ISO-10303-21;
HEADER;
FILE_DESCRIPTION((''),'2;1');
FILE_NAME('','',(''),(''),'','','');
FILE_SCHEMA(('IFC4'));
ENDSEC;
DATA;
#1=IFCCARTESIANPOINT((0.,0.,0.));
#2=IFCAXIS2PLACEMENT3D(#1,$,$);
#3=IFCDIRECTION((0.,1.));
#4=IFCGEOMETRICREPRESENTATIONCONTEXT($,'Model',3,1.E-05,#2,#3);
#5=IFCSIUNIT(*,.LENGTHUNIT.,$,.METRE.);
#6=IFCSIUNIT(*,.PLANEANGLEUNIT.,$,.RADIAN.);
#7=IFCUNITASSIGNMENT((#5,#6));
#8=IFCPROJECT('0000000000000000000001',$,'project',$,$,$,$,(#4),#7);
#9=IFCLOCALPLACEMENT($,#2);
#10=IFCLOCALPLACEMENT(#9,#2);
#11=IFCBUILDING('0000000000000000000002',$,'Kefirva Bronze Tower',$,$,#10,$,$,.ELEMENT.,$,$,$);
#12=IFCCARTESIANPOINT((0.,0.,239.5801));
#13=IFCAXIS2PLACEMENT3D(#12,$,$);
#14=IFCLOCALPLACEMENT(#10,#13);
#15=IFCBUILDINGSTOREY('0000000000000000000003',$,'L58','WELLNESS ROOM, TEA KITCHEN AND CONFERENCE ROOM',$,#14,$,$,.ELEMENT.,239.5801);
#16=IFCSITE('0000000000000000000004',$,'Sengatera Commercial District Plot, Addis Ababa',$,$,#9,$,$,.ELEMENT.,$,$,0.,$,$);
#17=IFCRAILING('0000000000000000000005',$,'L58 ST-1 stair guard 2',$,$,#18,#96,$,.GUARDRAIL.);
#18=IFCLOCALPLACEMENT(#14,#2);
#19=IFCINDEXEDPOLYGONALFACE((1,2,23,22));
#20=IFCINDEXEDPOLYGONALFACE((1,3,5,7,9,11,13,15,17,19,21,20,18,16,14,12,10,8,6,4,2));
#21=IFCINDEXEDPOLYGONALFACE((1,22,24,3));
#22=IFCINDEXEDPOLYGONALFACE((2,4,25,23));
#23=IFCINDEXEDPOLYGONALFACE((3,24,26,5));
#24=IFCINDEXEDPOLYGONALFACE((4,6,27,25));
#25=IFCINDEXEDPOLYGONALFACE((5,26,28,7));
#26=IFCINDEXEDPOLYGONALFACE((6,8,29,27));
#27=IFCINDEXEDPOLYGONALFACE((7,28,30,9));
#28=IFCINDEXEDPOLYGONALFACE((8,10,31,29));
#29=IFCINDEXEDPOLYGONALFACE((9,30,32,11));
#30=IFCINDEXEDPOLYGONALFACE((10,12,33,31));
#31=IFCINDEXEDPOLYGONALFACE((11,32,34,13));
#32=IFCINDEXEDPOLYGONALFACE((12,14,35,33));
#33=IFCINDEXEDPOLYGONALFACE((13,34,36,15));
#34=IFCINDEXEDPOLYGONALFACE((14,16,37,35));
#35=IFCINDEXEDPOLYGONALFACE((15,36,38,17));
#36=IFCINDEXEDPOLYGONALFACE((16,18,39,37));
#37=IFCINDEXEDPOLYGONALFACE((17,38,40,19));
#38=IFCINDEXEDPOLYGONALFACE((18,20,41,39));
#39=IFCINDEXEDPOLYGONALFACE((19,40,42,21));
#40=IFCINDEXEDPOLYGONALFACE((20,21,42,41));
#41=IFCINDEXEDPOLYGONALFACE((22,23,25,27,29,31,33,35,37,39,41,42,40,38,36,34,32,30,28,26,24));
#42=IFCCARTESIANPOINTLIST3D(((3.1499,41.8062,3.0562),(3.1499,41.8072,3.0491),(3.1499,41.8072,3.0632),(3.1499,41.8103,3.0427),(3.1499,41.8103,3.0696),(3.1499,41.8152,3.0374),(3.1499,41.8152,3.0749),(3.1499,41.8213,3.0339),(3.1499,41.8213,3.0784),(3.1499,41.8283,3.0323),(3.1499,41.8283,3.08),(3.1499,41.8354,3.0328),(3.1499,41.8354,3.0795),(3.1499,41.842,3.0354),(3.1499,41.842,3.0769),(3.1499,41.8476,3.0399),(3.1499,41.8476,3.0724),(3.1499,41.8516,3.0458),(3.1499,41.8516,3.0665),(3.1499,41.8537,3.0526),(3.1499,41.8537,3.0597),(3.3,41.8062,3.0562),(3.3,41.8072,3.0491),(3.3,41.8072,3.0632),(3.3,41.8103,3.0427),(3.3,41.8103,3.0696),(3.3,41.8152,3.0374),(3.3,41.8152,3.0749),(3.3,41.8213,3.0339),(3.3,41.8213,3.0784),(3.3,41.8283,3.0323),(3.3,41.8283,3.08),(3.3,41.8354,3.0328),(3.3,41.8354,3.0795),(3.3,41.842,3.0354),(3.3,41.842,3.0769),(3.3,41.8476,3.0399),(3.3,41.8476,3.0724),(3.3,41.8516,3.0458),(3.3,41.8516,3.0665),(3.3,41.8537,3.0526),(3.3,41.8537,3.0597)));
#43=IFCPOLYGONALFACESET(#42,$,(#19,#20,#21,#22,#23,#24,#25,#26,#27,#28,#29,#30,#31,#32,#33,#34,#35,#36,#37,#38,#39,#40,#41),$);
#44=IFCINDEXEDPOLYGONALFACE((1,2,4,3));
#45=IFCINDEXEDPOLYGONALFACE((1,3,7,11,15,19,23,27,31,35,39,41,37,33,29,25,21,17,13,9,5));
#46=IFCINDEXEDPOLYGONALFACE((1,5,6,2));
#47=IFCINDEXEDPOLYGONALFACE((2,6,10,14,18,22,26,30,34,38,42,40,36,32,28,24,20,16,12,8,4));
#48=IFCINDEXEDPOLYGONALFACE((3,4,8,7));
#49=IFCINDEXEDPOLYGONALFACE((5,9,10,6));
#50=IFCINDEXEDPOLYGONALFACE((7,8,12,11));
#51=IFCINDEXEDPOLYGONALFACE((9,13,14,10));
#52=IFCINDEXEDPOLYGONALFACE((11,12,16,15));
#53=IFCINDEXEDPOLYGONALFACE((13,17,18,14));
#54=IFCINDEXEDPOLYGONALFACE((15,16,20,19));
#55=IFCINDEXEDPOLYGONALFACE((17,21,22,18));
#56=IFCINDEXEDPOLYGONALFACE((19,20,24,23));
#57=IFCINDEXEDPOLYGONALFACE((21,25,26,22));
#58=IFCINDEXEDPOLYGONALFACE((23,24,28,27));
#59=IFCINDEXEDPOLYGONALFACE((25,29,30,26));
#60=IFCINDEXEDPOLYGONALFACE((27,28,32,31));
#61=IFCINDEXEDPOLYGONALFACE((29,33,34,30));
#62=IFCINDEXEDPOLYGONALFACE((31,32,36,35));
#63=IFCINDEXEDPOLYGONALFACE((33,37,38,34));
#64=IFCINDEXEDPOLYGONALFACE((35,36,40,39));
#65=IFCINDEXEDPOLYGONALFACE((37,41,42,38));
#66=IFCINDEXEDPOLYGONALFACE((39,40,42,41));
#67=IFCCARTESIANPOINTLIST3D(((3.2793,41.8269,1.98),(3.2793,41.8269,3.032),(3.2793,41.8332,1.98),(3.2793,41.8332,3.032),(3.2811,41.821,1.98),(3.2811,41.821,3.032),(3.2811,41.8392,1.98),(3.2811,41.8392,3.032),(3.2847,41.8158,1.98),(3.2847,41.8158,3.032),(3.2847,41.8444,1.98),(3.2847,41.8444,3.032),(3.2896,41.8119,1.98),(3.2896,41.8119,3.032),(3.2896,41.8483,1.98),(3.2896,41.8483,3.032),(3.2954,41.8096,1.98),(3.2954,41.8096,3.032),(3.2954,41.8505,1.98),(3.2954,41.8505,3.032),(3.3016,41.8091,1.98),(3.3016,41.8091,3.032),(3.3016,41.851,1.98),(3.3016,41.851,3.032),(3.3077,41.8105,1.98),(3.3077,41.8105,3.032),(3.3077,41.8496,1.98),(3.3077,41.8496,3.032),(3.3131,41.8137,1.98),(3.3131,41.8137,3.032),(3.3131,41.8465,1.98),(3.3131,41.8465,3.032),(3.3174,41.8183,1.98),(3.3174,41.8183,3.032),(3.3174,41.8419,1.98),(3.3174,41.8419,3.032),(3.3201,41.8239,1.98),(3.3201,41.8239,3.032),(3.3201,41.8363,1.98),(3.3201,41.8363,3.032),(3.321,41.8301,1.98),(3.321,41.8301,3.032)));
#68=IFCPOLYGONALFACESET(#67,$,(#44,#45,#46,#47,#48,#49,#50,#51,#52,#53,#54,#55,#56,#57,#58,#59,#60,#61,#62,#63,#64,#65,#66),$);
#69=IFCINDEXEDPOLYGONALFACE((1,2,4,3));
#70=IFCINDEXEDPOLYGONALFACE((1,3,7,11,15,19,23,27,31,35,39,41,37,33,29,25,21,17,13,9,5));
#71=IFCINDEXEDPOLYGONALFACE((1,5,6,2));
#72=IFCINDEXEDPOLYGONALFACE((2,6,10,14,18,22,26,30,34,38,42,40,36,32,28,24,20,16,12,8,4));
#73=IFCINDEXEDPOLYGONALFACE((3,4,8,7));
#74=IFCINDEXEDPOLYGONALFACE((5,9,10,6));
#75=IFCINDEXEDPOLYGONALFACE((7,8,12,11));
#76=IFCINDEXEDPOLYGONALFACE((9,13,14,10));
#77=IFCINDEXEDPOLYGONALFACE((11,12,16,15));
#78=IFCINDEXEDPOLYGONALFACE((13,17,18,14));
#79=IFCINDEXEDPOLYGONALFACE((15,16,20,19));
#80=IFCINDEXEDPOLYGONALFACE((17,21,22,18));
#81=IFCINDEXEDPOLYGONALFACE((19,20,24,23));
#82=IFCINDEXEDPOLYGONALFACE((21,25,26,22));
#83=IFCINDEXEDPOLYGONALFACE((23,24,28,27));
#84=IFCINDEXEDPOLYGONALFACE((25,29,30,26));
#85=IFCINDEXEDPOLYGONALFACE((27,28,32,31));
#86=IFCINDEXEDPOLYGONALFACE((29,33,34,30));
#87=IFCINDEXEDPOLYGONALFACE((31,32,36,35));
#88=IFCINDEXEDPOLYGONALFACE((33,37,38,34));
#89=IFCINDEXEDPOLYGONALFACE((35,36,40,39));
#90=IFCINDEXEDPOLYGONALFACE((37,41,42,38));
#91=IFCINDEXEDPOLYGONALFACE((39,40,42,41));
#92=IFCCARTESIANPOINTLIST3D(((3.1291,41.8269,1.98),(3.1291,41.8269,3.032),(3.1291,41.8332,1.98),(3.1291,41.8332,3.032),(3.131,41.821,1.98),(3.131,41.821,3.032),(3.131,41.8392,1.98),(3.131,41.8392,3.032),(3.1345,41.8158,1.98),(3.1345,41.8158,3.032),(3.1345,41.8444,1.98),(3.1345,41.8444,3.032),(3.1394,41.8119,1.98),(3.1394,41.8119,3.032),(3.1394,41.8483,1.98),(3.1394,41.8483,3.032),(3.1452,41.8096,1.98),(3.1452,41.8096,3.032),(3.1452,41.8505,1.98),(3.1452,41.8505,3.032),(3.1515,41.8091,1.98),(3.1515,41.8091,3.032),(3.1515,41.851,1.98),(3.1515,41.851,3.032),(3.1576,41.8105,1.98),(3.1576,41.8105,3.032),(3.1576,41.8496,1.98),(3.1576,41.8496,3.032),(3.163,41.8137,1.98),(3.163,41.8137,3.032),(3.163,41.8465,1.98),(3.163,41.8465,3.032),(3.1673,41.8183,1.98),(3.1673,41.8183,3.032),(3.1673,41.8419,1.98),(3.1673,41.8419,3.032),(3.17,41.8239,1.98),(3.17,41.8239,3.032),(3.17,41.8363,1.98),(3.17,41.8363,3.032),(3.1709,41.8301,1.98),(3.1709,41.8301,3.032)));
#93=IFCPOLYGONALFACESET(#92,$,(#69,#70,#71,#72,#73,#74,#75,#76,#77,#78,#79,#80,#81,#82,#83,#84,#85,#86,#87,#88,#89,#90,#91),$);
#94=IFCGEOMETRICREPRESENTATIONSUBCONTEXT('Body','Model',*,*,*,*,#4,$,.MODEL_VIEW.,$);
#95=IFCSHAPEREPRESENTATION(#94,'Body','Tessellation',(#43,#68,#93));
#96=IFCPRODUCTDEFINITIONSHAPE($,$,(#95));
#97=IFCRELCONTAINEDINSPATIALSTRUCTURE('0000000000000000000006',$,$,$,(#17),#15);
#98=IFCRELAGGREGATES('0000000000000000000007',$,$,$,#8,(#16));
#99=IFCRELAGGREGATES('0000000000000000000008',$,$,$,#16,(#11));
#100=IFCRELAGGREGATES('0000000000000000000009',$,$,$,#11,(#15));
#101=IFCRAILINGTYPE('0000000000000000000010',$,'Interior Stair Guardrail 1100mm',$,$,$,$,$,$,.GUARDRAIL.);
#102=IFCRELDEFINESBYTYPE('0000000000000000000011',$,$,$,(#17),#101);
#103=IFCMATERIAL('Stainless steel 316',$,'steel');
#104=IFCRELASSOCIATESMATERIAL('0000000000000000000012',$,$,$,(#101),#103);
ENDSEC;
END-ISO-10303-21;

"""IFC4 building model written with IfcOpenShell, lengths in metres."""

from ifc_helpers import new_model, si_unit, direction, frame, origin, origin_2d, place, context, subcontext, project, spatial, circle, extrude, material, type_object, element, save


model = new_model("IFC4")

# Units and contexts
model_context = context("Model", 3, precision=1e-05, world=origin(), true_north=direction((0.0, 1.0)))
body_context = subcontext(model_context, "Body", "Model", "MODEL_VIEW")
ifc_project = project(units=[si_unit("LENGTHUNIT", "METRE"), si_unit("PLANEANGLEUNIT", "RADIAN")], contexts=[model_context])

# Site, building, storey
site_placement = place(None, origin())
site = spatial("IfcSite", under=ifc_project, at=site_placement, Name="Sengatera Commercial District Plot, Addis Ababa", CompositionType="ELEMENT", RefElevation=0.0)
building_placement = place(site_placement, origin())
building = spatial("IfcBuilding", under=site, at=building_placement, Name="Kefirva Bronze Tower", CompositionType="ELEMENT")
storey_placement = place(building_placement, frame((0.0, 0.0, 239.5801)))
storey = spatial("IfcBuildingStorey", under=building, at=storey_placement, Name="L58", Description="WELLNESS ROOM, TEA KITCHEN AND CONFERENCE ROOM", CompositionType="ELEMENT", Elevation=239.5801)

# Railing
ifc_material_1 = material(Name="Stainless steel 316", Category="steel")
railing_type_1 = type_object("IfcRailingType", Name="Interior Stair Guardrail 1100mm", PredefinedType="GUARDRAIL", material=ifc_material_1)
railing_1_placement = place(storey_placement, frame((3.3, 41.8301, 1.98)))
element("IfcRailing", 1, at=railing_1_placement, inside=storey, type_object=railing_type_1, Name="L58 ST-1 stair guard 2", PredefinedType="GUARDRAIL", context=body_context, shape_type="SweptSolid", body=[
    extrude(circle(Radius=0.0239, at=origin_2d()), frame((0.0, 0.0, 1.0762), z_axis=(-1.0, 0.0, 0.0), x_axis=(0.0, -1.0, 0.0)), (0.0, 0.0, 1.0), 0.1501),
    extrude(circle(Radius=0.021, at=origin_2d()), origin(), (0.0, 0.0, 1.0), 1.052),
    extrude(circle(Radius=0.021, at=origin_2d()), frame((-0.1501, 0.0, 0.0)), (0.0, 0.0, 1.0), 1.052),
])

save(model, "model.ifc")
